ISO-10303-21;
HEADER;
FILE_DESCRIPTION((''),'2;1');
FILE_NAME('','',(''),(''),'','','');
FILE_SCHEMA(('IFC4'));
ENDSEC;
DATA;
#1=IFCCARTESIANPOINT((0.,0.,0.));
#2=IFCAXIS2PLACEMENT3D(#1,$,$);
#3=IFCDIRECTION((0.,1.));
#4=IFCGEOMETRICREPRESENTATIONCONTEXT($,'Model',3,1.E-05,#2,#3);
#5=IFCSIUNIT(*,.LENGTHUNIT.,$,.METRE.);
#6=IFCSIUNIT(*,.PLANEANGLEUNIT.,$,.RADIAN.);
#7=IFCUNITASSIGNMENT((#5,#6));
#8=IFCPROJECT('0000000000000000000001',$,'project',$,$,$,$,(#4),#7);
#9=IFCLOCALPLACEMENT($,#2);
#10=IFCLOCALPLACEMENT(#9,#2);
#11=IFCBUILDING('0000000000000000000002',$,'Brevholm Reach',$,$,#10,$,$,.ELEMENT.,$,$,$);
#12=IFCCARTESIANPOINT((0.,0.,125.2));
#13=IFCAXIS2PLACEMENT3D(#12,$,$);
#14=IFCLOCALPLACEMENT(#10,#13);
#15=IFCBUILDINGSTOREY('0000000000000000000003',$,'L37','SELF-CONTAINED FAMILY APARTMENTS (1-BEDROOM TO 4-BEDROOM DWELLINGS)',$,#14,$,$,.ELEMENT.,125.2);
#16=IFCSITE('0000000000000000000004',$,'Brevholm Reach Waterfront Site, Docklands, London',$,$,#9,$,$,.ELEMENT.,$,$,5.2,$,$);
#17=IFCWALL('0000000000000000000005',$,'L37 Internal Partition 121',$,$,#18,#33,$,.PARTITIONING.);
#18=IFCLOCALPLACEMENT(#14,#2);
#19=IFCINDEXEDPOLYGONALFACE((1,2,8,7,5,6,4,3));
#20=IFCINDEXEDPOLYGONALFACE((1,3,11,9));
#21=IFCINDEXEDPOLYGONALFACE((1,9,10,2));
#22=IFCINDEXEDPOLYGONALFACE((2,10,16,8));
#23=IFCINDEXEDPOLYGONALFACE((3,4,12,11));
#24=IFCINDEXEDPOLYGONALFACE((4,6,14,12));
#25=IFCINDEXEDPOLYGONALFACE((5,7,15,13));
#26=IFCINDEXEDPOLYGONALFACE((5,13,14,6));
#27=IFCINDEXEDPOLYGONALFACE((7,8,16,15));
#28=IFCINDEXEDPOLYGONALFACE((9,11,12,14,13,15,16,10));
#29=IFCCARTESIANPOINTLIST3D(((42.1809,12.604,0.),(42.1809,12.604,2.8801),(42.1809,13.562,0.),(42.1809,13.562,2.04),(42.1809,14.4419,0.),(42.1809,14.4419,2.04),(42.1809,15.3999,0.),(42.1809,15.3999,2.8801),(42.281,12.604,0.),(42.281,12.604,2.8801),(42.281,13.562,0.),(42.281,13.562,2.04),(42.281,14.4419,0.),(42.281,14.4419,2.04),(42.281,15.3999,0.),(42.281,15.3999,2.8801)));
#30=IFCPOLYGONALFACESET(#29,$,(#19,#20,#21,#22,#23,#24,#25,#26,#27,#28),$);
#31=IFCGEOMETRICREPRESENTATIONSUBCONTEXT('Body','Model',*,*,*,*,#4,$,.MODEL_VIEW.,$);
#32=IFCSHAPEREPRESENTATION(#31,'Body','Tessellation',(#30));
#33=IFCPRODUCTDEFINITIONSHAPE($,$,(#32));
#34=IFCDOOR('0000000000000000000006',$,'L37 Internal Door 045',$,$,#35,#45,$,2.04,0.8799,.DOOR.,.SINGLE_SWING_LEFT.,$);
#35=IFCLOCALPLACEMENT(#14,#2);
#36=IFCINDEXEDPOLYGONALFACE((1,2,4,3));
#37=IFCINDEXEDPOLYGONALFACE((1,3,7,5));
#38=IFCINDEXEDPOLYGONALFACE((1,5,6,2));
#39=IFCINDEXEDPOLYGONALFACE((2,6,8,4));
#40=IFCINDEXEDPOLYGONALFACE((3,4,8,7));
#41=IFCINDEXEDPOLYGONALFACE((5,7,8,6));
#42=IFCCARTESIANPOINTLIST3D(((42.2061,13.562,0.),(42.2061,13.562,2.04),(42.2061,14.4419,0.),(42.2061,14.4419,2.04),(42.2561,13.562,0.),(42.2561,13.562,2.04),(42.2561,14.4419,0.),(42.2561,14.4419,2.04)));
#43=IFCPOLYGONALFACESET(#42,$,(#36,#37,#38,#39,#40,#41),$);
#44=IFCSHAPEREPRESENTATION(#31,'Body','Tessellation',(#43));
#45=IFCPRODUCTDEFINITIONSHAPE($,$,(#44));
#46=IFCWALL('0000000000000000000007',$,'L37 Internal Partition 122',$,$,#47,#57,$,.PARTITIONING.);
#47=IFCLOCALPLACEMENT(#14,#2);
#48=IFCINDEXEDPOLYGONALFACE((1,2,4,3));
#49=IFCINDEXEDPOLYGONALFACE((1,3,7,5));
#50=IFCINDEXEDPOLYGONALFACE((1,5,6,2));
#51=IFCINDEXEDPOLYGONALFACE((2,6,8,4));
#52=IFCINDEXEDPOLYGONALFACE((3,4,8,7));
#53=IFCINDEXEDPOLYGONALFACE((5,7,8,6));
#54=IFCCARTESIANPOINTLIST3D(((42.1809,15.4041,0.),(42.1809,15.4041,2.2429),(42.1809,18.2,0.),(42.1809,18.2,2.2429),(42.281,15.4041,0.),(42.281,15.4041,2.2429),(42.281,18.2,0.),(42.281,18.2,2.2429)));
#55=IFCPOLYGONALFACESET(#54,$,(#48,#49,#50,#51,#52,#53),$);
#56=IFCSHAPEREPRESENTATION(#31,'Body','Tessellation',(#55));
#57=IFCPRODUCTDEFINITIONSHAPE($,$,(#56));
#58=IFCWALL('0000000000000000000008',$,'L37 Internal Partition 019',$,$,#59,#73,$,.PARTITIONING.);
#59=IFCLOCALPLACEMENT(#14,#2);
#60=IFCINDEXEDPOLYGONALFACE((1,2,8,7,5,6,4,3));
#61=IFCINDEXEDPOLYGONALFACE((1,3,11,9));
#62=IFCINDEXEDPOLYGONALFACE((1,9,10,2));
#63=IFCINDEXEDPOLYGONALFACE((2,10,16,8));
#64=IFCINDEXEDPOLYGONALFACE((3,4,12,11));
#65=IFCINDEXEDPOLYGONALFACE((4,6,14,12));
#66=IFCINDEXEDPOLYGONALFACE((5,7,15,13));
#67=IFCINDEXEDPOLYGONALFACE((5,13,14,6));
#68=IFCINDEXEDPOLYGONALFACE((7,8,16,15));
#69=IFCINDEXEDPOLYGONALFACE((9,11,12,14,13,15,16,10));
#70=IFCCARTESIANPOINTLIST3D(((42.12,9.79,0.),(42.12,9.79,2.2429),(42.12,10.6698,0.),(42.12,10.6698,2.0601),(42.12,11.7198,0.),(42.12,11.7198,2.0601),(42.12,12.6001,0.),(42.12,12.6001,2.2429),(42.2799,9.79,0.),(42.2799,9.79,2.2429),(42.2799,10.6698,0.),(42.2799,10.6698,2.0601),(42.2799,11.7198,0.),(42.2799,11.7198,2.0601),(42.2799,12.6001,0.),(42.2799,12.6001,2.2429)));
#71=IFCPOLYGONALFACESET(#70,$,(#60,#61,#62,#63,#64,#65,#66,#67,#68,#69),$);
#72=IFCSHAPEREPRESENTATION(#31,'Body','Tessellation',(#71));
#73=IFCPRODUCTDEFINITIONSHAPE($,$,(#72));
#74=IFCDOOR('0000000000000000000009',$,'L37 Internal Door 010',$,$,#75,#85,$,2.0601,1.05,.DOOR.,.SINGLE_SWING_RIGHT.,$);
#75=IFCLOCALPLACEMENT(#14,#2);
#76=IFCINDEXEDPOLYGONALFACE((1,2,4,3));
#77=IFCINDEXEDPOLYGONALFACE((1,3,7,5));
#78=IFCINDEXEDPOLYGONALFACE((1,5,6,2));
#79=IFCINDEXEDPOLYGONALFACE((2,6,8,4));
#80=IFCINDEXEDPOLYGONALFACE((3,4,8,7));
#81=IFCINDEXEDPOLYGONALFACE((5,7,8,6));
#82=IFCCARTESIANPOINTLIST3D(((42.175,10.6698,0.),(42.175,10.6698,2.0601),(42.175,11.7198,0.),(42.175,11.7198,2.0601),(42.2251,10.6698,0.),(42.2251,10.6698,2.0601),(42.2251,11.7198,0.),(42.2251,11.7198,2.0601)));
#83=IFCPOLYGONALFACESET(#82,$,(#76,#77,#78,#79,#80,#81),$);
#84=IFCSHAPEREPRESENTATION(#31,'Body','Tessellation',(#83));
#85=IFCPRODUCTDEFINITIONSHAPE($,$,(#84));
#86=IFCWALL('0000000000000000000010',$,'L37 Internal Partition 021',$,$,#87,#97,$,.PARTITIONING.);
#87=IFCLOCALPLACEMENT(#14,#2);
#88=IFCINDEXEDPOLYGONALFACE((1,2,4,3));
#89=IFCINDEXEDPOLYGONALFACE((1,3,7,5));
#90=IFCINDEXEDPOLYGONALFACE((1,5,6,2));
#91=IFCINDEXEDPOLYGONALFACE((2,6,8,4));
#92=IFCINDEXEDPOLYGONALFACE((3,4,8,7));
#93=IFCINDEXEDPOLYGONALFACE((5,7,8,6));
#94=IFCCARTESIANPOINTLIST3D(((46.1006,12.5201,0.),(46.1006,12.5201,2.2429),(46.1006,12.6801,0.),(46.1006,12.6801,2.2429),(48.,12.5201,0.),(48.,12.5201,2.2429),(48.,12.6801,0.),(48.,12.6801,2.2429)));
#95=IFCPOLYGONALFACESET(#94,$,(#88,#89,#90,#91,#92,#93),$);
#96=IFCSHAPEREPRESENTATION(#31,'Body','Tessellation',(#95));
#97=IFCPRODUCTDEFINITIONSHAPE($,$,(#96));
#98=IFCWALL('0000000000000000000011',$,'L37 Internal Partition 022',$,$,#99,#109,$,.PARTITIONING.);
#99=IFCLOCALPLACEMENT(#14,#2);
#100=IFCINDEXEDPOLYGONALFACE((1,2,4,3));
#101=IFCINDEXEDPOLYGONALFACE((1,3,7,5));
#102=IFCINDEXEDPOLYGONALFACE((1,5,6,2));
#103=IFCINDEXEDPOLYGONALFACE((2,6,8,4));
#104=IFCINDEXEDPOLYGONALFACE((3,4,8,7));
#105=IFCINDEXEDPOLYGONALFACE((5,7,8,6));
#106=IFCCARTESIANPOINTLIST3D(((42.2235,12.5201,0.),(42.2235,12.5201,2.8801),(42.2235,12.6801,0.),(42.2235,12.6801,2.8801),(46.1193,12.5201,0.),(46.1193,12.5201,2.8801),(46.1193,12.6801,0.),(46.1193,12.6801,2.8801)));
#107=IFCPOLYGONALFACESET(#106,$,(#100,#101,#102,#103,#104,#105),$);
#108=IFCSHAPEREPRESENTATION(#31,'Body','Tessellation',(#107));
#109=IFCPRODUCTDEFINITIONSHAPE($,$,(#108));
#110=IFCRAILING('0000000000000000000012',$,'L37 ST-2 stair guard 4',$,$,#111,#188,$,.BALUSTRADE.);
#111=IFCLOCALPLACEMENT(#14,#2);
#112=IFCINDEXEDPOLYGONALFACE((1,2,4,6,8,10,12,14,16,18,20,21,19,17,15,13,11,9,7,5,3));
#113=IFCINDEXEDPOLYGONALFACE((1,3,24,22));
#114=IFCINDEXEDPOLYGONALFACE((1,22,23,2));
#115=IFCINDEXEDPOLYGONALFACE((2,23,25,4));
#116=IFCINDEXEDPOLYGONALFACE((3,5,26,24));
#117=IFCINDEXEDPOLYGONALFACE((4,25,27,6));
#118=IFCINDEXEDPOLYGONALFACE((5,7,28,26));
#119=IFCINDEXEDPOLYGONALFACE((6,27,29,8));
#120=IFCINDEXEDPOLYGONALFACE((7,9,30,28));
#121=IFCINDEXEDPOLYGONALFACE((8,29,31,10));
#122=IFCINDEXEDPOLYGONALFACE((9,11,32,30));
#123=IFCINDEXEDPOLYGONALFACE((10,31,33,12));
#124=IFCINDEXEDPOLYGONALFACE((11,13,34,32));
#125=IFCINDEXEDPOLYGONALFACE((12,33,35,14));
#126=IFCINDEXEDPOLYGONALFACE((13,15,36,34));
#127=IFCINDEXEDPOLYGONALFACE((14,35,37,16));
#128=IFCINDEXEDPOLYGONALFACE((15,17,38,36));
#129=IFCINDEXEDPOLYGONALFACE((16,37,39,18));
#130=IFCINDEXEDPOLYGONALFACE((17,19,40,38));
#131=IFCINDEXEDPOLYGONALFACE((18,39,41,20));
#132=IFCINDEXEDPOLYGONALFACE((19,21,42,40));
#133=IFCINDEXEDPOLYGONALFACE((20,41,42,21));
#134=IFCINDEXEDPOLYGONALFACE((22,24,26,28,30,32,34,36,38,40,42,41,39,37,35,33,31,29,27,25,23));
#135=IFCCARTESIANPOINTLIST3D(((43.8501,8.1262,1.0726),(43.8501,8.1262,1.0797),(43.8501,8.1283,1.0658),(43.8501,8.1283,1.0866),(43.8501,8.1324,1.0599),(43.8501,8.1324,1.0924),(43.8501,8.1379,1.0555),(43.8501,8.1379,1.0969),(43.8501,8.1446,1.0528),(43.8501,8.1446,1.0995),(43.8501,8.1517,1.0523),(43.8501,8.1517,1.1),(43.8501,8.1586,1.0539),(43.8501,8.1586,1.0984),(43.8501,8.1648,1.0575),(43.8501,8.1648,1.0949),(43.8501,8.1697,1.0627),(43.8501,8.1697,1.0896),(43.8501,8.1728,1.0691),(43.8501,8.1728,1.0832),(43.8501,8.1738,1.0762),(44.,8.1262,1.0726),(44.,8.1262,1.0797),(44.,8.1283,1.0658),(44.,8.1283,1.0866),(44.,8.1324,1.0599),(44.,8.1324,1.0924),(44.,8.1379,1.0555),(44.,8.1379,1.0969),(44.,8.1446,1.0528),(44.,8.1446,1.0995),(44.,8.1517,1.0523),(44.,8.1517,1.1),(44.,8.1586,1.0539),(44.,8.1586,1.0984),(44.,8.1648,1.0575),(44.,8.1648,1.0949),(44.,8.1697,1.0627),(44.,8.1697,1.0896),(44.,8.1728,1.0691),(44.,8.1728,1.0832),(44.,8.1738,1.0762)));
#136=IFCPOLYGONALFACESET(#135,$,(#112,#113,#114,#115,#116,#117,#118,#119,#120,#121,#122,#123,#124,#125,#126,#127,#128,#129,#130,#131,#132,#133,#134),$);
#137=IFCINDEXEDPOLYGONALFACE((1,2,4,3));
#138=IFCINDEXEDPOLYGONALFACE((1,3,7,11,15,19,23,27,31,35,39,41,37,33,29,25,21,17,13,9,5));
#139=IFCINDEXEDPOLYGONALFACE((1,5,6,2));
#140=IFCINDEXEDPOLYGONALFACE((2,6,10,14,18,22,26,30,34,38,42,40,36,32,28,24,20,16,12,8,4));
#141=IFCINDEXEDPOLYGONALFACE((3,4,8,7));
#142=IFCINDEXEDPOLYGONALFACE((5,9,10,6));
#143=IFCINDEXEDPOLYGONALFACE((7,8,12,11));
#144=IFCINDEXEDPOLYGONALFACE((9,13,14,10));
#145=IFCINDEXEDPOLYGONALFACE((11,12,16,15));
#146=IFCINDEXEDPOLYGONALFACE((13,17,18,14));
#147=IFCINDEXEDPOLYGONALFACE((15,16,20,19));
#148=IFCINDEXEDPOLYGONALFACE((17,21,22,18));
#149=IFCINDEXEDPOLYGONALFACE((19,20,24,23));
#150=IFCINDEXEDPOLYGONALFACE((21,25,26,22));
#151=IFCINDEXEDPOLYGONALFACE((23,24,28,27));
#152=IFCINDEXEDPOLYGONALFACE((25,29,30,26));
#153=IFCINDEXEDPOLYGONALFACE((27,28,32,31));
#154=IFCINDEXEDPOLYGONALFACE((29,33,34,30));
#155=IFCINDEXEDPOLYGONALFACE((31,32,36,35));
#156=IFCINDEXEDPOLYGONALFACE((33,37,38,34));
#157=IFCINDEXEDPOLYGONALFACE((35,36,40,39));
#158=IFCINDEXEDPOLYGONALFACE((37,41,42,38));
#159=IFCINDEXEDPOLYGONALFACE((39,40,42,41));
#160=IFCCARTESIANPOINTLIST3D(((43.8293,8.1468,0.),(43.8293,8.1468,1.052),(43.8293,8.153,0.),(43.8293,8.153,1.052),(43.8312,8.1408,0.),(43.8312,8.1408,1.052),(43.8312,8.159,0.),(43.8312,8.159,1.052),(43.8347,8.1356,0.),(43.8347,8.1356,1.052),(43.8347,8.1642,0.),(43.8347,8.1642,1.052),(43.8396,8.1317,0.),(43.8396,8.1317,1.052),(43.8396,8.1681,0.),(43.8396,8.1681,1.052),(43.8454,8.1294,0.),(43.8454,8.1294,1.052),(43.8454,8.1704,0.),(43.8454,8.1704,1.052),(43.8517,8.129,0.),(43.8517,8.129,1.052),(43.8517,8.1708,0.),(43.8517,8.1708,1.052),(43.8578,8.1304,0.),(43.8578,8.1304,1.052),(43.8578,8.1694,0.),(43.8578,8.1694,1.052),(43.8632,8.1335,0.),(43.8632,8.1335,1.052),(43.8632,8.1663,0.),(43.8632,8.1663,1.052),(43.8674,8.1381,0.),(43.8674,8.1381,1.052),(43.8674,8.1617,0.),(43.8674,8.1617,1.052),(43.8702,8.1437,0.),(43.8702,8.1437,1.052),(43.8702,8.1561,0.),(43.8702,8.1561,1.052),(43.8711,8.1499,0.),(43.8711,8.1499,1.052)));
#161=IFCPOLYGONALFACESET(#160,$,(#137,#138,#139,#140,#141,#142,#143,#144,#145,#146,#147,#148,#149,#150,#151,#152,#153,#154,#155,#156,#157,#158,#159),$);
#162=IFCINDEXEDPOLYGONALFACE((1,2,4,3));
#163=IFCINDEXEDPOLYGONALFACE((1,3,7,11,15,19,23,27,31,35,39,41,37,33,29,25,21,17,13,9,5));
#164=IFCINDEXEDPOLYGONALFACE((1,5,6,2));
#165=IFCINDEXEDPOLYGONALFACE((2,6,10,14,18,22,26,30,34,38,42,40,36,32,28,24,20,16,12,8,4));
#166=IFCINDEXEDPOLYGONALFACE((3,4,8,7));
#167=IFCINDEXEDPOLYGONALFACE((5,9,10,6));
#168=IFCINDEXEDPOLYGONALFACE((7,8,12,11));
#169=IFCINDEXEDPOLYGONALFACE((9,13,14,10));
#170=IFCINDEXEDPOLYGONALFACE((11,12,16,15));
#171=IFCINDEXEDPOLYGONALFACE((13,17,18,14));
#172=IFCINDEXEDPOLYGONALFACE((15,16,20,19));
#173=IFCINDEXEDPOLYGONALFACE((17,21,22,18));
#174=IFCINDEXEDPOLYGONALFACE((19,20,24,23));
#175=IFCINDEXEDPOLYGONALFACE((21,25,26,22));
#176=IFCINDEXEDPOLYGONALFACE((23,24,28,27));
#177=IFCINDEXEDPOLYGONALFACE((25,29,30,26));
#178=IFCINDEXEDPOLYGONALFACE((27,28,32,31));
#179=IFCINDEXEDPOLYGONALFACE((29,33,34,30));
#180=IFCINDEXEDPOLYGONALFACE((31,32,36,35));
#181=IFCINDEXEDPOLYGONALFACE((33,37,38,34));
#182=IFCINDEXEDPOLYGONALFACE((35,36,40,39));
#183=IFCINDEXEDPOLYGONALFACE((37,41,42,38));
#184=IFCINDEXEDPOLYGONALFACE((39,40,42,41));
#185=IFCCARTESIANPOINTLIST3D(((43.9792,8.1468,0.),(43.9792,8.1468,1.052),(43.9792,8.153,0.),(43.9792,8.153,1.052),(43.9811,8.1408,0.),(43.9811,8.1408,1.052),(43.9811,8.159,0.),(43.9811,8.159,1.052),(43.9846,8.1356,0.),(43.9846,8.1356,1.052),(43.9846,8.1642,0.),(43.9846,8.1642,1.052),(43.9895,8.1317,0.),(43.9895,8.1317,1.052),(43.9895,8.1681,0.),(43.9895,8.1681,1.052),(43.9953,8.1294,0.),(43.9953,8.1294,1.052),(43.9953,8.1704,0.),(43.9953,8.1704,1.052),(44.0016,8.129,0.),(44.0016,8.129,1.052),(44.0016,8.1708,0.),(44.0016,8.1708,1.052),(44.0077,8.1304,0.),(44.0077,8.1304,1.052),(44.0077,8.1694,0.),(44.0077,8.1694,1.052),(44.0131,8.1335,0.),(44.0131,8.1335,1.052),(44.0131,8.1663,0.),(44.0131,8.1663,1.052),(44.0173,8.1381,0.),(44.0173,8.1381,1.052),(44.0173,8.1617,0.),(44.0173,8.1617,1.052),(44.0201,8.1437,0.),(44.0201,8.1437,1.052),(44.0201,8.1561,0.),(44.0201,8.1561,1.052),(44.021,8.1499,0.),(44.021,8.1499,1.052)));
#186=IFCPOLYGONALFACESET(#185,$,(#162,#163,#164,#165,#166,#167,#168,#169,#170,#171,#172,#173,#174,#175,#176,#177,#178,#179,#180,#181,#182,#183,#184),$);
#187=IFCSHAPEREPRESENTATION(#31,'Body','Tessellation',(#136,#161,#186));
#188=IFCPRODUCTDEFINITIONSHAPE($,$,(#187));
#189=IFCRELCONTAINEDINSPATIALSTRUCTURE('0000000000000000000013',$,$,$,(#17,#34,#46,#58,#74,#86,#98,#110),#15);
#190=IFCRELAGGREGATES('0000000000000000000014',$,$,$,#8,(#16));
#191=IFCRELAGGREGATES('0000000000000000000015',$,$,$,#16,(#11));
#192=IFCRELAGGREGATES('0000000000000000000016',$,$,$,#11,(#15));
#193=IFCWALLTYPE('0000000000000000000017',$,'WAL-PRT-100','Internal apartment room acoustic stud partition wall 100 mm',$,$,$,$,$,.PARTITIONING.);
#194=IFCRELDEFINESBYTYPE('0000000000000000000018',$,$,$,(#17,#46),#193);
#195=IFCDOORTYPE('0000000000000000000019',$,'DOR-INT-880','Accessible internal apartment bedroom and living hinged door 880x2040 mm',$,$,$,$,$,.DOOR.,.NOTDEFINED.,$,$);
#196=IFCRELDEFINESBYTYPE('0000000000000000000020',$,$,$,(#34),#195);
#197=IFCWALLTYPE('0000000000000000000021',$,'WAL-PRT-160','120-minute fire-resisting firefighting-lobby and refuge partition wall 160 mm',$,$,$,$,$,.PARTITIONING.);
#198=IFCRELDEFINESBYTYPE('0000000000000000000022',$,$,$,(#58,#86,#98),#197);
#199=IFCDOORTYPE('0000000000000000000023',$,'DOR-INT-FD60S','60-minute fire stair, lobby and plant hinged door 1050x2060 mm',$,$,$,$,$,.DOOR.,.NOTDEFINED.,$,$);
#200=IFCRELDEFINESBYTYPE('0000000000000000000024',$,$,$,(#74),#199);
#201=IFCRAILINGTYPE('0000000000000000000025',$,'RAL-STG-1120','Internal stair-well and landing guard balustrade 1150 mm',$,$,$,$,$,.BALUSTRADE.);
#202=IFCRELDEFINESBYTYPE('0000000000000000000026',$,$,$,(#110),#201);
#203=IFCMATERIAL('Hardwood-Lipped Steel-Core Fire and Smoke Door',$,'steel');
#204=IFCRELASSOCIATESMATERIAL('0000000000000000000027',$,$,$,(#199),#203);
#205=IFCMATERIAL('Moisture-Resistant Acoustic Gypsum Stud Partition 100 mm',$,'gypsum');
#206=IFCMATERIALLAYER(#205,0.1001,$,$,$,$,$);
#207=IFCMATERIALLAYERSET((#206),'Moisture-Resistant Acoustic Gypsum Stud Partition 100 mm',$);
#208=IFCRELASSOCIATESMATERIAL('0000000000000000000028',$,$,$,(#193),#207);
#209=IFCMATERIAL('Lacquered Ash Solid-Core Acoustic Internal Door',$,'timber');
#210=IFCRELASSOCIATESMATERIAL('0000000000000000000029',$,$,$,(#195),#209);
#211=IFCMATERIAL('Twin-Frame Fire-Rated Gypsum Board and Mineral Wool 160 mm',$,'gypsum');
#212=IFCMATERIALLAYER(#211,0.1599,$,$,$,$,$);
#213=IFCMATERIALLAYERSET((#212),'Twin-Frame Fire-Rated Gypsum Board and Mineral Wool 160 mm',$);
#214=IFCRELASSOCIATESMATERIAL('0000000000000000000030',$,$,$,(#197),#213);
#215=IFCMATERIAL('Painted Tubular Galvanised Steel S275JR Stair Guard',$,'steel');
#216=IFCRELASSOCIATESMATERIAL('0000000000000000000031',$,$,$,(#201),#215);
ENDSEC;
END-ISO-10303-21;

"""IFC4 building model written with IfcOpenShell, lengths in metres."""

from ifc_helpers import new_model, si_unit, direction, frame, frame_2d, origin, origin_2d, place, context, subcontext, project, spatial, rectangle, circle, extrude, material, layer, layer_set, type_object, element, fill, save


model = new_model("IFC4")

# Units and contexts
model_context = context("Model", 3, precision=1e-05, world=origin(), true_north=direction((0.0, 1.0)))
body_context = subcontext(model_context, "Body", "Model", "MODEL_VIEW")
ifc_project = project(units=[si_unit("LENGTHUNIT", "METRE"), si_unit("PLANEANGLEUNIT", "RADIAN")], contexts=[model_context])

# Site, building, storey
site_placement = place(None, origin())
site = spatial("IfcSite", under=ifc_project, at=site_placement, Name="Brevholm Reach Waterfront Site, Docklands, London", CompositionType="ELEMENT", RefElevation=5.2)
building_placement = place(site_placement, origin())
building = spatial("IfcBuilding", under=site, at=building_placement, Name="Brevholm Reach", CompositionType="ELEMENT")
storey_placement = place(building_placement, frame((0.0, 0.0, 125.2)))
storey = spatial("IfcBuildingStorey", under=building, at=storey_placement, Name="L37", Description="SELF-CONTAINED FAMILY APARTMENTS (1-BEDROOM TO 4-BEDROOM DWELLINGS)", CompositionType="ELEMENT", Elevation=125.2)

# Shared definitions
ifc_material_1 = material(Name="Hardwood-Lipped Steel-Core Fire and Smoke Door", Category="steel")
door_type_1 = type_object("IfcDoorType", Name="DOR-INT-FD60S", Description="60-minute fire stair, lobby and plant hinged door 1050x2060 mm", OperationType="NOTDEFINED", PredefinedType="DOOR", material=ifc_material_1)

# Shared definitions
ifc_material_2 = material(Name="Moisture-Resistant Acoustic Gypsum Stud Partition 100 mm", Category="gypsum")
ifc_layer_1 = layer(ifc_material_2, 0.1001)
ifc_layer_set_1 = layer_set([ifc_layer_1], Name="Moisture-Resistant Acoustic Gypsum Stud Partition 100 mm")
wall_type_1 = type_object("IfcWallType", Name="WAL-PRT-100", Description="Internal apartment room acoustic stud partition wall 100 mm", PredefinedType="PARTITIONING", material=ifc_layer_set_1)

# Wall, opening, door
wall_1_placement = place(storey_placement, frame((42.231, 12.604, 0.0), z_axis=(0.0, 0.0, 1.0), x_axis=(0.0, 1.0, 0.0)))
wall_1 = element("IfcWall", 1, at=wall_1_placement, inside=storey, type_object=wall_type_1, Name="L37 Internal Partition 121", PredefinedType="PARTITIONING", context=body_context, shape_type="SweptSolid", body=[
    extrude(rectangle(XDim=2.7959, YDim=0.1001, at=frame_2d((1.3979, 0.0))), origin(), (0.0, 0.0, 1.0), 2.8801),
])
opening_1_placement = place(wall_1_placement, frame((0.958, 0.0, 0.0)))
opening_1 = element("IfcOpeningElement", 2, at=opening_1_placement, cuts=wall_1, PredefinedType="OPENING", context=body_context, shape_type="SweptSolid", body=[
    extrude(rectangle(XDim=0.8799, YDim=2.04, at=frame_2d((0.4399, 1.02))), frame((0.0, 0.0601, 0.0), z_axis=(0.0, -1.0, 0.0), x_axis=(1.0, 0.0, 0.0)), (0.0, 0.0, 1.0), 0.1201),
])
ifc_material_3 = material(Name="Lacquered Ash Solid-Core Acoustic Internal Door", Category="timber")
door_type_2 = type_object("IfcDoorType", Name="DOR-INT-880", Description="Accessible internal apartment bedroom and living hinged door 880x2040 mm", OperationType="NOTDEFINED", PredefinedType="DOOR", material=ifc_material_3)
door_1_placement = place(opening_1_placement, origin())
door_1 = element("IfcDoor", 3, at=door_1_placement, inside=storey, type_object=door_type_2, Name="L37 Internal Door 045", OperationType="SINGLE_SWING_LEFT", OverallHeight=2.04, OverallWidth=0.8799, PredefinedType="DOOR", context=body_context, shape_type="SweptSolid", body=[
    extrude(rectangle(XDim=0.8799, YDim=2.04, at=frame_2d((0.4399, 1.02))), frame((0.0, 0.0249, 0.0), z_axis=(0.0, -1.0, 0.0), x_axis=(1.0, 0.0, 0.0)), (0.0, 0.0, 1.0), 0.05),
])
fill(opening_1, door_1)

# Wall
wall_2_placement = place(storey_placement, frame((42.231, 15.4041, 0.0), z_axis=(0.0, 0.0, 1.0), x_axis=(0.0, 1.0, 0.0)))
element("IfcWall", 4, at=wall_2_placement, inside=storey, type_object=wall_type_1, Name="L37 Internal Partition 122", PredefinedType="PARTITIONING", context=body_context, shape_type="SweptSolid", body=[
    extrude(rectangle(XDim=2.7959, YDim=0.1001, at=frame_2d((1.3979, 0.0))), origin(), (0.0, 0.0, 1.0), 2.2429),
])

# Wall, opening, door
ifc_material_4 = material(Name="Twin-Frame Fire-Rated Gypsum Board and Mineral Wool 160 mm", Category="gypsum")
ifc_layer_2 = layer(ifc_material_4, 0.1599)
ifc_layer_set_2 = layer_set([ifc_layer_2], Name="Twin-Frame Fire-Rated Gypsum Board and Mineral Wool 160 mm")
wall_type_2 = type_object("IfcWallType", Name="WAL-PRT-160", Description="120-minute fire-resisting firefighting-lobby and refuge partition wall 160 mm", PredefinedType="PARTITIONING", material=ifc_layer_set_2)
wall_3_placement = place(storey_placement, frame((42.2, 9.79, 0.0), z_axis=(0.0, 0.0, 1.0), x_axis=(0.0, 1.0, 0.0)))
wall_3 = element("IfcWall", 5, at=wall_3_placement, inside=storey, type_object=wall_type_2, Name="L37 Internal Partition 019", PredefinedType="PARTITIONING", context=body_context, shape_type="SweptSolid", body=[
    extrude(rectangle(XDim=2.8101, YDim=0.1599, at=frame_2d((1.405, 0.0))), origin(), (0.0, 0.0, 1.0), 2.2429),
])
opening_2_placement = place(wall_3_placement, frame((0.8799, 0.0, 0.0)))
opening_2 = element("IfcOpeningElement", 6, at=opening_2_placement, cuts=wall_3, PredefinedType="OPENING", context=body_context, shape_type="SweptSolid", body=[
    extrude(rectangle(XDim=1.05, YDim=2.0601, at=frame_2d((0.5249, 1.03))), frame((0.0, 0.0898, 0.0), z_axis=(0.0, -1.0, 0.0), x_axis=(1.0, 0.0, 0.0)), (0.0, 0.0, 1.0), 0.1799),
])
door_2_placement = place(opening_2_placement, origin())
door_2 = element("IfcDoor", 7, at=door_2_placement, inside=storey, type_object=door_type_1, Name="L37 Internal Door 010", OperationType="SINGLE_SWING_RIGHT", OverallHeight=2.0601, OverallWidth=1.05, PredefinedType="DOOR", context=body_context, shape_type="SweptSolid", body=[
    extrude(rectangle(XDim=1.05, YDim=2.0601, at=frame_2d((0.5249, 1.03))), frame((0.0, 0.0249, 0.0), z_axis=(0.0, -1.0, 0.0), x_axis=(1.0, 0.0, 0.0)), (0.0, 0.0, 1.0), 0.05),
])
fill(opening_2, door_2)

# Walls
wall_4_placement = place(storey_placement, frame((46.1006, 12.6001, 0.0), z_axis=(0.0, 0.0, 1.0), x_axis=(1.0, 0.0, 0.0)))
element("IfcWall", 8, at=wall_4_placement, inside=storey, type_object=wall_type_2, Name="L37 Internal Partition 021", PredefinedType="PARTITIONING", context=body_context, shape_type="SweptSolid", body=[
    extrude(rectangle(XDim=1.8994, YDim=0.1599, at=frame_2d((0.9497, 0.0))), origin(), (0.0, 0.0, 1.0), 2.2429),
])
wall_5_placement = place(storey_placement, frame((42.2236, 12.6001, 0.0), z_axis=(0.0, 0.0, 1.0), x_axis=(1.0, 0.0, 0.0)))
element("IfcWall", 9, at=wall_5_placement, inside=storey, type_object=wall_type_2, Name="L37 Internal Partition 022", PredefinedType="PARTITIONING", context=body_context, shape_type="SweptSolid", body=[
    extrude(rectangle(XDim=3.8958, YDim=0.1599, at=frame_2d((1.9478, 0.0))), origin(), (0.0, 0.0, 1.0), 2.8801),
])

# Railing
ifc_material_5 = material(Name="Painted Tubular Galvanised Steel S275JR Stair Guard", Category="steel")
railing_type = type_object("IfcRailingType", Name="RAL-STG-1120", Description="Internal stair-well and landing guard balustrade 1150 mm", PredefinedType="BALUSTRADE", material=ifc_material_5)
railing_placement = place(storey_placement, frame((43.8501, 8.1499, 0.0)))
element("IfcRailing", 10, at=railing_placement, inside=storey, type_object=railing_type, Name="L37 ST-2 stair guard 4", PredefinedType="BALUSTRADE", context=body_context, shape_type="SweptSolid", body=[
    extrude(circle(Radius=0.0239, at=origin_2d()), frame((0.0, 0.0, 1.0762), z_axis=(1.0, 0.0, 0.0), x_axis=(0.0, 1.0, 0.0)), (0.0, 0.0, 1.0), 0.1499),
    extrude(circle(Radius=0.021, at=origin_2d()), origin(), (0.0, 0.0, 1.0), 1.052),
    extrude(circle(Radius=0.021, at=origin_2d()), frame((0.1499, 0.0, 0.0)), (0.0, 0.0, 1.0), 1.052),
])

save(model, "model.ifc")
